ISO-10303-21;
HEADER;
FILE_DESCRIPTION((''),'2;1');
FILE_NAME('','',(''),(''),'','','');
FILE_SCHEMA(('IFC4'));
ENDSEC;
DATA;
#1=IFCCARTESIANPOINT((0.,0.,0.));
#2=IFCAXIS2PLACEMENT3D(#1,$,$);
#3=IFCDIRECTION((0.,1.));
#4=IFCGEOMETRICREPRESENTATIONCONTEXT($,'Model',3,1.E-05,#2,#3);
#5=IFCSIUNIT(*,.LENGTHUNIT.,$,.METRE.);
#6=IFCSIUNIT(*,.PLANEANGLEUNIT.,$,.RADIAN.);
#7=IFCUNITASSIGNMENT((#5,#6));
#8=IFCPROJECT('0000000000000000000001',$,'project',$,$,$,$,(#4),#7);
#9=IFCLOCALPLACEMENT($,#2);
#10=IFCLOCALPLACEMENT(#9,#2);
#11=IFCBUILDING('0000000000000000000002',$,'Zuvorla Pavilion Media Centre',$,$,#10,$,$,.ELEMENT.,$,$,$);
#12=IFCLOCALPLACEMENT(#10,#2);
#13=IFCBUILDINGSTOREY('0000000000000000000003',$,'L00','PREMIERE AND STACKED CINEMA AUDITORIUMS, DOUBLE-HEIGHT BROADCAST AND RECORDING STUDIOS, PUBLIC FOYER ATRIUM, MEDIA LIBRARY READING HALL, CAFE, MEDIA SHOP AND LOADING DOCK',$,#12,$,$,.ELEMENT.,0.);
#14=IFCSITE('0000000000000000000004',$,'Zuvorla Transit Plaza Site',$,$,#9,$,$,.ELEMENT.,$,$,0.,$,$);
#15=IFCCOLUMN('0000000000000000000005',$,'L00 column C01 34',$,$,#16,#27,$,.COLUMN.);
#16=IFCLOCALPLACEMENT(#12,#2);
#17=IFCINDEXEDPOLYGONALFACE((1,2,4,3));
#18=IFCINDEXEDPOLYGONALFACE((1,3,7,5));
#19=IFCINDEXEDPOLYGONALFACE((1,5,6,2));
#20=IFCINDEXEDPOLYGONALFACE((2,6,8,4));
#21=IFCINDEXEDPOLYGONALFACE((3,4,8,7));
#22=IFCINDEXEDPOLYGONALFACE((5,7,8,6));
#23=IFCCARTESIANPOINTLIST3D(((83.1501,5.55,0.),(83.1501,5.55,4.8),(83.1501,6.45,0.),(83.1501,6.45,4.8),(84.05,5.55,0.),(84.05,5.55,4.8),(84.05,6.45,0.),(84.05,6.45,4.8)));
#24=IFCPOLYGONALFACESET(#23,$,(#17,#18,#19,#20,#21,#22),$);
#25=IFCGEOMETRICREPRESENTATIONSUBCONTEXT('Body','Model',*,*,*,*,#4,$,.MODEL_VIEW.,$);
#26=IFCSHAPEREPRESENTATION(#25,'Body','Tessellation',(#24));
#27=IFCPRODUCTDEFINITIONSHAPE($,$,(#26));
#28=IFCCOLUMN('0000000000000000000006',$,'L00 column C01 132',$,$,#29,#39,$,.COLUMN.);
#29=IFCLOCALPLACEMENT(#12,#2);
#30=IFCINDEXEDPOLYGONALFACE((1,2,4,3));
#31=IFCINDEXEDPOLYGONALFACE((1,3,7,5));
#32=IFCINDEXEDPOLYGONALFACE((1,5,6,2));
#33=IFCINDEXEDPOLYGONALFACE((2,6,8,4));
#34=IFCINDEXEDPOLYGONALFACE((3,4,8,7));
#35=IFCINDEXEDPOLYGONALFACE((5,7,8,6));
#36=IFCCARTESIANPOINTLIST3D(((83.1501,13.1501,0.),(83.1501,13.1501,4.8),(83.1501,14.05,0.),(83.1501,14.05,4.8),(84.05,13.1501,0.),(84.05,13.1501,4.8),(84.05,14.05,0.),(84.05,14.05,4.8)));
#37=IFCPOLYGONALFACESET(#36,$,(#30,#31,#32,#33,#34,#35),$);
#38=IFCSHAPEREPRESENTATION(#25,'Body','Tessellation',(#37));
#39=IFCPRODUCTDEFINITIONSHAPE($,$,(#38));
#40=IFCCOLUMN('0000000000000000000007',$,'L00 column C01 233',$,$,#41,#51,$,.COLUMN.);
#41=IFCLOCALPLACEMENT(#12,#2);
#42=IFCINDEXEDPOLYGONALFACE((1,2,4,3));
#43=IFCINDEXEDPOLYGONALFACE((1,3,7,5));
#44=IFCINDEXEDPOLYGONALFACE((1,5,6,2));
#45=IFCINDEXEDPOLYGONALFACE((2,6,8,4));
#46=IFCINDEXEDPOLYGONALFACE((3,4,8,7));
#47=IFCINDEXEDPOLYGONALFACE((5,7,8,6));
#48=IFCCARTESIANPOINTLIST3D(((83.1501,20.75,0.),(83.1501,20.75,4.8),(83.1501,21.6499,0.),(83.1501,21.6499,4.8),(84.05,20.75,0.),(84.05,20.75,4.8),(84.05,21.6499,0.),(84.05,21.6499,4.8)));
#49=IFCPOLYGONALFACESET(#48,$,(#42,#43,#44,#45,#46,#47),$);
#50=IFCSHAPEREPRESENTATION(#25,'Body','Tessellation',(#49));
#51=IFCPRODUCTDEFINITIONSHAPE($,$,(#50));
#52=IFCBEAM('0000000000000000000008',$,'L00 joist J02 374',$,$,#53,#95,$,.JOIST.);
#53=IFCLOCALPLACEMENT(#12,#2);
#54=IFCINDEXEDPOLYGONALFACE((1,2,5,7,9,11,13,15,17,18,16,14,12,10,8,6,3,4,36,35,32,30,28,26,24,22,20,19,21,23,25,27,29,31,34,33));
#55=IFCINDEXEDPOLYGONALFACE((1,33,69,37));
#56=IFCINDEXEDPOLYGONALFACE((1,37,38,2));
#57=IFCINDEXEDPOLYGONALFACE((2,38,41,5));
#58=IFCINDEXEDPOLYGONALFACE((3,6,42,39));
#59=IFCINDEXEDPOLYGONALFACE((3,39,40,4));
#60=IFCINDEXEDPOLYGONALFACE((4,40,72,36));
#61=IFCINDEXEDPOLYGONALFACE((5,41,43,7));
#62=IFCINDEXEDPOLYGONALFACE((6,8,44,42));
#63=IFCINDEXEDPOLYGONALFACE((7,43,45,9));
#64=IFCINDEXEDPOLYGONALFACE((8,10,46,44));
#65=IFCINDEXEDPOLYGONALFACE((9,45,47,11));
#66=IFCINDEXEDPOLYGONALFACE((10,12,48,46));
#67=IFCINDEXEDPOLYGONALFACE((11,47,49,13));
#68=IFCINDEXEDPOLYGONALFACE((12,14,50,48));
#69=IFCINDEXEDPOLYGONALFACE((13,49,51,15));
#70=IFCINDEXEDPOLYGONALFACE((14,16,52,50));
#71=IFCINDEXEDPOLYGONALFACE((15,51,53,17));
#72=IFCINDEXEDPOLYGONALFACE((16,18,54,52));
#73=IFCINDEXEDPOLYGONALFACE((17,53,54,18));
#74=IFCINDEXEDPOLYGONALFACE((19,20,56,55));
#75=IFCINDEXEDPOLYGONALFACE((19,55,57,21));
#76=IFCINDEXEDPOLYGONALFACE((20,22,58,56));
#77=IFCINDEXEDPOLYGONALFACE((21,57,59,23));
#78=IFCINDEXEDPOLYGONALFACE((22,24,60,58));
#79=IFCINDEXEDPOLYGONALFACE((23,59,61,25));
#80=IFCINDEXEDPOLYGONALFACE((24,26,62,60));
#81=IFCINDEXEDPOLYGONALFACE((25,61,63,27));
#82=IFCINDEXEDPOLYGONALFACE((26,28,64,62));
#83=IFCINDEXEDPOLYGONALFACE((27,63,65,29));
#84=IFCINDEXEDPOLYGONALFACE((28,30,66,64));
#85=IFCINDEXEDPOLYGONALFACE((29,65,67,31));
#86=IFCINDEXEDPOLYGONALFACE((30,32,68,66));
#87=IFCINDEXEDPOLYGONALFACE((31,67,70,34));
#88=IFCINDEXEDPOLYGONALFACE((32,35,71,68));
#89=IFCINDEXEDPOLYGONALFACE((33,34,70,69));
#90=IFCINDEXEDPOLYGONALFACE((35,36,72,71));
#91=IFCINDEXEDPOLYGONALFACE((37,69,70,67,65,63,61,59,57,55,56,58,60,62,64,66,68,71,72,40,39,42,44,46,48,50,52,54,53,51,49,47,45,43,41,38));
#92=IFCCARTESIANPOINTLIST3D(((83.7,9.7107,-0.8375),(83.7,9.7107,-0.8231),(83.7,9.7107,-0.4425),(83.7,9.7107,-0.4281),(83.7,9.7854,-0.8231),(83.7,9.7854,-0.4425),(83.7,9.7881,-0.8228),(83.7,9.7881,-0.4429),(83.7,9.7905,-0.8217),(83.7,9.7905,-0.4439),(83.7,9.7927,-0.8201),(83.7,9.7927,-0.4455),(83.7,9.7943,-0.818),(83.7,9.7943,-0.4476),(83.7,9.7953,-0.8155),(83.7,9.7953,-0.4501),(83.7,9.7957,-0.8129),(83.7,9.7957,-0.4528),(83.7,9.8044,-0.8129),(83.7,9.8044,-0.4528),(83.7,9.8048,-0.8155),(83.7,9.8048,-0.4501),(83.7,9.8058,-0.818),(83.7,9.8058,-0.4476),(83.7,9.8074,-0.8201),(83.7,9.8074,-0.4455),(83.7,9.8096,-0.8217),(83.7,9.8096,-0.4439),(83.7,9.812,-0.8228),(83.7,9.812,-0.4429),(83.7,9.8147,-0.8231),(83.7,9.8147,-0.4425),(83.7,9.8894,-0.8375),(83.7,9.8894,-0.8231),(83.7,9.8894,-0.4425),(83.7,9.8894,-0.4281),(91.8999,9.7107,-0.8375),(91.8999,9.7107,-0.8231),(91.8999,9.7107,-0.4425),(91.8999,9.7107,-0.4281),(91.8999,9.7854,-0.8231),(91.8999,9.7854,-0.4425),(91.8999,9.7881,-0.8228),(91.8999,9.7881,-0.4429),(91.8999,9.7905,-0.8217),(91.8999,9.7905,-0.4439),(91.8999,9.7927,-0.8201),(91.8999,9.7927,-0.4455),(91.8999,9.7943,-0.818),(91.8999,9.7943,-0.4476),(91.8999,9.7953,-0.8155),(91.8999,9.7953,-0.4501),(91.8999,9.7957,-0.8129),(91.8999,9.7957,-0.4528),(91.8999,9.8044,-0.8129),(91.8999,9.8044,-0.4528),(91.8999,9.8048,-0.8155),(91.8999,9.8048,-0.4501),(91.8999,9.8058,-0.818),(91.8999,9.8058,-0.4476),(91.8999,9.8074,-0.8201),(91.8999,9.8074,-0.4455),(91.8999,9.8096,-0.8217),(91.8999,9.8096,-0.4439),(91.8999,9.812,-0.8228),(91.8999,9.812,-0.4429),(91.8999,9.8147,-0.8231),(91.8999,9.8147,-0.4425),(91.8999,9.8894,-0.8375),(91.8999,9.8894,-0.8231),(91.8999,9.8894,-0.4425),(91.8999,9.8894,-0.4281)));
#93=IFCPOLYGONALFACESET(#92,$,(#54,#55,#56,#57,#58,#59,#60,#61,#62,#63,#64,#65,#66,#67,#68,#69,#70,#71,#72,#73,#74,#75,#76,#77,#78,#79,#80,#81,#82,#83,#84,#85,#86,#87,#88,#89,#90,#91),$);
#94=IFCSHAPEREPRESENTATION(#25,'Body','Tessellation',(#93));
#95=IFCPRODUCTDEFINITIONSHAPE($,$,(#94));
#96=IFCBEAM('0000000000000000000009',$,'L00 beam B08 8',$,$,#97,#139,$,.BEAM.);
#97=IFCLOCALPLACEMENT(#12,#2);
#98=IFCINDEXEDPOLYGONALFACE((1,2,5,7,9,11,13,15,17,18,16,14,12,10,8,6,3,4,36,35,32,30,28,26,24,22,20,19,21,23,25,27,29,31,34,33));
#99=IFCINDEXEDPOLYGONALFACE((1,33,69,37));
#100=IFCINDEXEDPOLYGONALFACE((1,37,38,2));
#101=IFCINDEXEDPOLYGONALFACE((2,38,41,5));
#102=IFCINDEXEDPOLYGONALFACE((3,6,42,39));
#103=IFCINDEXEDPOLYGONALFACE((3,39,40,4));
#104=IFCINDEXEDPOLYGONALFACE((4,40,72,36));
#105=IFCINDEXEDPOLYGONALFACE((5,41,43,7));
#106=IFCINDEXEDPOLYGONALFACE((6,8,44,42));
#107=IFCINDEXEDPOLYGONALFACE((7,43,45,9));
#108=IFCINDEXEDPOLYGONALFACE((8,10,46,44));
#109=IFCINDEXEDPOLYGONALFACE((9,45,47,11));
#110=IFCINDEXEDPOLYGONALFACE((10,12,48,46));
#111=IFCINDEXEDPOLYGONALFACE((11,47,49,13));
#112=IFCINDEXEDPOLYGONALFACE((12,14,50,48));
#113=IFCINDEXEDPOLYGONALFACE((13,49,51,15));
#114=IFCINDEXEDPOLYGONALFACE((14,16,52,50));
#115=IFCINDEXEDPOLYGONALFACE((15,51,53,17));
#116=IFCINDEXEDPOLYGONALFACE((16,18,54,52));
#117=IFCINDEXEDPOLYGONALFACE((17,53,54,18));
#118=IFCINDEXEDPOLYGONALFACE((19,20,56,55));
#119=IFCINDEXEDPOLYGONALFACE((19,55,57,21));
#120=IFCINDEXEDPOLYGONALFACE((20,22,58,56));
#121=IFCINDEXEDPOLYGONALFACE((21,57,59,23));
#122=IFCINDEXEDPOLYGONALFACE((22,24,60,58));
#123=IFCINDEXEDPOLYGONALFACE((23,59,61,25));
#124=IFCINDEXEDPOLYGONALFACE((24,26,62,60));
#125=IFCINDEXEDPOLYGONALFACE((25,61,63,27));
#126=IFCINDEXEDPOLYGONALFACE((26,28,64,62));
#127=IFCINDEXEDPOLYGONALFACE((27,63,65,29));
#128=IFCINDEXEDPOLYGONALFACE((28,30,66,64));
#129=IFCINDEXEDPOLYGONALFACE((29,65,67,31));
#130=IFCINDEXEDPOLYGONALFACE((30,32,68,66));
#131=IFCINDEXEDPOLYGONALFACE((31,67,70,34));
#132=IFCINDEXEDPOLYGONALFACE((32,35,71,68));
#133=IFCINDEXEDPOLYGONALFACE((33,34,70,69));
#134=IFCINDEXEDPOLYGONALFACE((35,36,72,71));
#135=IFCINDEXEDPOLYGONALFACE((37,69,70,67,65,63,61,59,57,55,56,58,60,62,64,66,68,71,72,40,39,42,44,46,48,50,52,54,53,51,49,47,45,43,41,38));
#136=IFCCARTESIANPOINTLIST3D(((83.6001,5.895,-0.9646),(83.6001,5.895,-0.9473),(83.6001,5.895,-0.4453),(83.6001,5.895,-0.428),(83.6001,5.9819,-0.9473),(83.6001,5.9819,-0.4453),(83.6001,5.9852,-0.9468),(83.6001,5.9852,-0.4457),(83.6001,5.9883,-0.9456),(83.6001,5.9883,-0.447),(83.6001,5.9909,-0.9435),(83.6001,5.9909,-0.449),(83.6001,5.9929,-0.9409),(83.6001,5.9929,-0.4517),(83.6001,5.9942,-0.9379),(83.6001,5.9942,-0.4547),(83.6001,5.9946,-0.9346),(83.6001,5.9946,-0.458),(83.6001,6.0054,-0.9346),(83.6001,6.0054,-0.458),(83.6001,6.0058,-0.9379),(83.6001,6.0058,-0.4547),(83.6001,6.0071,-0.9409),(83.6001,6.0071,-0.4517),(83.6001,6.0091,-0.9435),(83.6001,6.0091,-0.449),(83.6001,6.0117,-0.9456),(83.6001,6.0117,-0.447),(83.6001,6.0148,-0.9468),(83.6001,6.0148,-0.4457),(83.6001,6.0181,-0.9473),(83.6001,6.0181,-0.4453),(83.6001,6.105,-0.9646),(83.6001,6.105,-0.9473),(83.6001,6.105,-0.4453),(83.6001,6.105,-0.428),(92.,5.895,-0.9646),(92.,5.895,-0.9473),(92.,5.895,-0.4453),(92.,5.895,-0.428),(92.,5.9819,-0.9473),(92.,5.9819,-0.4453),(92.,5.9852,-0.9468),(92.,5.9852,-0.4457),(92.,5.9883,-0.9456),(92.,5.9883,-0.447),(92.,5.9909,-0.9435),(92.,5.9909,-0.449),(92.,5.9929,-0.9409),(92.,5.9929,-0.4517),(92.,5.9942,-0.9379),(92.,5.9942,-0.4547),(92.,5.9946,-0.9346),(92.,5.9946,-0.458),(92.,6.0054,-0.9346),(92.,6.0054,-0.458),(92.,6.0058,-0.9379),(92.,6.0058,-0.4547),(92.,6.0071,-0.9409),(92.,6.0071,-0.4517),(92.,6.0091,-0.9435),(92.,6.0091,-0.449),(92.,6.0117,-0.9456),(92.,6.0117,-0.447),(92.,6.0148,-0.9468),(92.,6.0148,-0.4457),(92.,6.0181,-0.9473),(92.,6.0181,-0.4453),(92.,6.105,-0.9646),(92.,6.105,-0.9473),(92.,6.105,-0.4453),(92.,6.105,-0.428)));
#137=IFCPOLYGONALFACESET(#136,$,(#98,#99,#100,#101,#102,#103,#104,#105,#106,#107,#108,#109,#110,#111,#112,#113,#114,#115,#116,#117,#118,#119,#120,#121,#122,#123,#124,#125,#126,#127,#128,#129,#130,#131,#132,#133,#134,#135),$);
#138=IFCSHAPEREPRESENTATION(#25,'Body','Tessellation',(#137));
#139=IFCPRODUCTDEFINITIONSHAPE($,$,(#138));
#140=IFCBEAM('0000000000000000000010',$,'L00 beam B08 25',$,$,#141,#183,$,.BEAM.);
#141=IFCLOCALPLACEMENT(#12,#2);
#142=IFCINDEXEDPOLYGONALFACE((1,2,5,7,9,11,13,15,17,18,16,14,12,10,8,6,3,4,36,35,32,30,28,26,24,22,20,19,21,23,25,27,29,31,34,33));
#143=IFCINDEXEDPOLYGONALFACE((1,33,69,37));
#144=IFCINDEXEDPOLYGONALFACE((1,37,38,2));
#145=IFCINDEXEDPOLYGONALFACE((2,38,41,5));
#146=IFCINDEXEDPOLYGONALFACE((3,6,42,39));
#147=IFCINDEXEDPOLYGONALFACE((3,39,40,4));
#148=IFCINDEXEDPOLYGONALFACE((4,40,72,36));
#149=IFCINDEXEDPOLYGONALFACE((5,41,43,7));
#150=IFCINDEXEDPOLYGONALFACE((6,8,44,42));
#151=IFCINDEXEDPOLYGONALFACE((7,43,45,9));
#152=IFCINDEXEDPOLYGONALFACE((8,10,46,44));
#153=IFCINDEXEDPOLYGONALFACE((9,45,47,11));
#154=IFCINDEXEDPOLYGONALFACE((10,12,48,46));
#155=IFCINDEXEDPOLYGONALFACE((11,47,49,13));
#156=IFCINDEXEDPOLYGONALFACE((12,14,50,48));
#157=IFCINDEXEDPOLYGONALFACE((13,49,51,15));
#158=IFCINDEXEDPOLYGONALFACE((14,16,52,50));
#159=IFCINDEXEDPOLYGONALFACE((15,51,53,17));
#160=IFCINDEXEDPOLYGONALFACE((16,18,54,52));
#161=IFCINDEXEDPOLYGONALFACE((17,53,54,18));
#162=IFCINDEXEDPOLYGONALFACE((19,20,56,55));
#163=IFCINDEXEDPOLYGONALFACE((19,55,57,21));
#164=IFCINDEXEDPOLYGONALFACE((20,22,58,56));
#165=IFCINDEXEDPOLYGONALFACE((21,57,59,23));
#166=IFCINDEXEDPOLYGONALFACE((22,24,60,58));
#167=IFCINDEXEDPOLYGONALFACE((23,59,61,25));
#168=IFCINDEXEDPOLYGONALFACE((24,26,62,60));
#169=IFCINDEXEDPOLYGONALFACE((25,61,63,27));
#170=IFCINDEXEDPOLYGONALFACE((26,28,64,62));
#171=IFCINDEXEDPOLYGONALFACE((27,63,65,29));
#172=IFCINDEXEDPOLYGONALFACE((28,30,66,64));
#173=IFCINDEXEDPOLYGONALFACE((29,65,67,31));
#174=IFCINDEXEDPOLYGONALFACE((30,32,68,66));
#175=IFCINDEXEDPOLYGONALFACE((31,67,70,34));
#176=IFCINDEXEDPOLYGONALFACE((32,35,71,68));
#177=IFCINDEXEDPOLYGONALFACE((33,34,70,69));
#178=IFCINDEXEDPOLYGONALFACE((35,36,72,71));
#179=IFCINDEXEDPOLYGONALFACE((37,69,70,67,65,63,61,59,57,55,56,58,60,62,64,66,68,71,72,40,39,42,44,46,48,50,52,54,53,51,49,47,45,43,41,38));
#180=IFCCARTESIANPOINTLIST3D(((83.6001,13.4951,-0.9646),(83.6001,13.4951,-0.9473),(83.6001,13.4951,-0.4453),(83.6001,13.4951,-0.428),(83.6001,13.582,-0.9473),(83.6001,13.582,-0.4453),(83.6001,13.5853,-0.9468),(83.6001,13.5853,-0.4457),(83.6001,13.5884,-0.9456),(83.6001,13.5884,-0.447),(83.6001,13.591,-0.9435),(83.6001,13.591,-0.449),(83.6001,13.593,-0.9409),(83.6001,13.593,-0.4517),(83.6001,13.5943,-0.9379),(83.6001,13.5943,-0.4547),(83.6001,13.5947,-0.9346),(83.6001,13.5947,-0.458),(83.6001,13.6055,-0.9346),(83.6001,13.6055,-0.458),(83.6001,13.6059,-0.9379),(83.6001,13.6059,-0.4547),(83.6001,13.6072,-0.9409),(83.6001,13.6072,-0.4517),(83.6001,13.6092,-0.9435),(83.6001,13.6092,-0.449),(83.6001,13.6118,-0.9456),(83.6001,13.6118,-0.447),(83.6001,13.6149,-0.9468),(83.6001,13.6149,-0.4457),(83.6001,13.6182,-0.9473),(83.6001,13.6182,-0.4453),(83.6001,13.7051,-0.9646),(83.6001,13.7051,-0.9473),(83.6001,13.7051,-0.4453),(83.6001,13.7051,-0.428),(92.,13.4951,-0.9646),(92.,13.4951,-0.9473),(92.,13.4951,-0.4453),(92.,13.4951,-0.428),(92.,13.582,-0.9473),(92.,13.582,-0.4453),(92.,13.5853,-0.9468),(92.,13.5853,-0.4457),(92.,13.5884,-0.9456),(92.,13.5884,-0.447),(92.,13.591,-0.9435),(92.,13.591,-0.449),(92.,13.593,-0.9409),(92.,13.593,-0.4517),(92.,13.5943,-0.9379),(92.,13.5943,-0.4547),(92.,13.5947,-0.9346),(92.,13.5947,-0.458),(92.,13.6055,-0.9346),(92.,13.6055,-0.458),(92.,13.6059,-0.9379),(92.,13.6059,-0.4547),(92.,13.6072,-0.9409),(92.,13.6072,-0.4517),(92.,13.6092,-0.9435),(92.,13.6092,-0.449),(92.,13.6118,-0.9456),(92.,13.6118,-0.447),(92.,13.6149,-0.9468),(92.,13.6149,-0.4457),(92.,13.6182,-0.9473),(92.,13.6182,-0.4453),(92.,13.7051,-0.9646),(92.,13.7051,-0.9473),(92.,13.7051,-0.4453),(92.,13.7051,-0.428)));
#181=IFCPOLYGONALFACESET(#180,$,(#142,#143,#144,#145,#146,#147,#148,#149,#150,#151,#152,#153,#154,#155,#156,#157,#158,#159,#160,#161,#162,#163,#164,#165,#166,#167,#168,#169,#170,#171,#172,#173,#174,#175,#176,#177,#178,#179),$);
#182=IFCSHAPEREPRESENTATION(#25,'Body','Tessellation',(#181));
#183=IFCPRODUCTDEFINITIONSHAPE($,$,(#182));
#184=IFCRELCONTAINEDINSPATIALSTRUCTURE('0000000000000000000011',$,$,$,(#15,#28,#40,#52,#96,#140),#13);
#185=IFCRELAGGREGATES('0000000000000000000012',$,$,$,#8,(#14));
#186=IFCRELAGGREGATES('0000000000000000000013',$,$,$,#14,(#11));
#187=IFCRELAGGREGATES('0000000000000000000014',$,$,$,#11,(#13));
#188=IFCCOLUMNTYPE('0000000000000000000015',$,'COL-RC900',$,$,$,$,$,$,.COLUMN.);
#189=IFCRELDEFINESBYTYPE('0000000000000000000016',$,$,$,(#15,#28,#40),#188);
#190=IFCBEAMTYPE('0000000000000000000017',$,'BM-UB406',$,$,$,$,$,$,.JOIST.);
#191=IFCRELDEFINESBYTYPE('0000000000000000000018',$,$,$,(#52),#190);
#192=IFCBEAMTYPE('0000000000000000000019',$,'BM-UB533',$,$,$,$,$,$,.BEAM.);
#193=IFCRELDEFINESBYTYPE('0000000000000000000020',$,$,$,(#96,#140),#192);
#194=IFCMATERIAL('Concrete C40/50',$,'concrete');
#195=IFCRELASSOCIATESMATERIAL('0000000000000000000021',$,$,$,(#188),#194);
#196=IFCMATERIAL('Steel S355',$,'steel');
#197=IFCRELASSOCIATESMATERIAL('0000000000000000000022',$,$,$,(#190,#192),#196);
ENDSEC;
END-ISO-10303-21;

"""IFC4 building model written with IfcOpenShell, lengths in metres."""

from ifc_helpers import new_model, si_unit, direction, frame, origin, origin_2d, place, context, subcontext, project, spatial, rectangle, i_section, extrude, material, material_profile, profile_set, type_object, element, save


model = new_model("IFC4")

# Units and contexts
model_context = context("Model", 3, precision=1e-05, world=origin(), true_north=direction((0.0, 1.0)))
body_context = subcontext(model_context, "Body", "Model", "MODEL_VIEW")
ifc_project = project(units=[si_unit("LENGTHUNIT", "METRE"), si_unit("PLANEANGLEUNIT", "RADIAN")], contexts=[model_context])

# Site, building, storey
site_placement = place(None, origin())
site = spatial("IfcSite", under=ifc_project, at=site_placement, Name="Zuvorla Transit Plaza Site", CompositionType="ELEMENT", RefElevation=0.0)
building_placement = place(site_placement, origin())
building = spatial("IfcBuilding", under=site, at=building_placement, Name="Zuvorla Pavilion Media Centre", CompositionType="ELEMENT")
storey_placement = place(building_placement, origin())
storey = spatial("IfcBuildingStorey", under=building, at=storey_placement, Name="L00", Description="PREMIERE AND STACKED CINEMA AUDITORIUMS, DOUBLE-HEIGHT BROADCAST AND RECORDING STUDIOS, PUBLIC FOYER ATRIUM, MEDIA LIBRARY READING HALL, CAFE, MEDIA SHOP AND LOADING DOCK", CompositionType="ELEMENT", Elevation=0.0)

# Columns
ifc_material_1 = material(Name="Concrete C40/50", Category="concrete")
ifc_material_profile_1 = material_profile(ifc_material_1, rectangle(XDim=0.8999, YDim=0.8999, at=origin_2d()), Name="RC 900x900")
ifc_profile_set_1 = profile_set([ifc_material_profile_1], Name="Concrete C40/50")
column_type = type_object("IfcColumnType", Name="COL-RC900", PredefinedType="COLUMN", material=ifc_profile_set_1)
for number, where, z_axis, x_axis, name in (
    (1, (83.6001, 6.0, 0.0), (0.0, 0.0, 1.0), (1.0, 0.0, 0.0), "L00 column C01 34"),
    (2, (83.6001, 13.6001, 0.0), (0.0, 0.0, 1.0), (1.0, 0.0, 0.0), "L00 column C01 132"),
    (3, (83.6001, 21.2, 0.0), (0.0, 0.0, 1.0), (1.0, 0.0, 0.0), "L00 column C01 233"),
):
    element("IfcColumn", number, at=place(storey_placement, frame(where, z_axis=z_axis, x_axis=x_axis)), inside=storey, type_object=column_type, Name=name, PredefinedType="COLUMN", context=body_context, shape_type="SweptSolid", body=[
        extrude(rectangle(XDim=0.8999, YDim=0.8999, at=origin_2d()), origin(), (0.0, 0.0, 1.0), 4.8),
    ])

# Beams
ifc_material_2 = material(Name="Steel S355", Category="steel")
ifc_material_profile_2 = material_profile(ifc_material_2, i_section(OverallWidth=0.1787, OverallDepth=0.4094, WebThickness=0.0088, FlangeThickness=0.0144, FilletRadius=0.0103, at=origin_2d()), Name="UB 406x178x67")
ifc_profile_set_2 = profile_set([ifc_material_profile_2], Name="Steel S355")
beam_type_1 = type_object("IfcBeamType", Name="BM-UB406", PredefinedType="JOIST", material=ifc_profile_set_2)
beam_1_placement = place(storey_placement, frame((83.7, 9.8, -0.6328), z_axis=(1.0, 0.0, 0.0), x_axis=(0.0, 1.0, 0.0)))
element("IfcBeam", 4, at=beam_1_placement, inside=storey, type_object=beam_type_1, Name="L00 joist J02 374", PredefinedType="JOIST", context=body_context, shape_type="SweptSolid", body=[
    extrude(i_section(OverallWidth=0.1787, OverallDepth=0.4094, WebThickness=0.0088, FlangeThickness=0.0144, FilletRadius=0.0103, at=origin_2d()), origin(), (0.0, 0.0, 1.0), 8.2),
])
ifc_material_profile_3 = material_profile(ifc_material_2, i_section(OverallWidth=0.21, OverallDepth=0.5366, WebThickness=0.0107, FlangeThickness=0.0173, FilletRadius=0.0127, at=origin_2d()), Name="UB 533x210x101")
ifc_profile_set_3 = profile_set([ifc_material_profile_3], Name="Steel S355")
beam_type_2 = type_object("IfcBeamType", Name="BM-UB533", PredefinedType="BEAM", material=ifc_profile_set_3)
for number, where, z_axis, x_axis, name in (
    (5, (83.6001, 6.0, -0.6963), (1.0, 0.0, 0.0), (0.0, 1.0, 0.0), "L00 beam B08 8"),
    (6, (83.6001, 13.6001, -0.6963), (1.0, 0.0, 0.0), (0.0, 1.0, 0.0), "L00 beam B08 25"),
):
    element("IfcBeam", number, at=place(storey_placement, frame(where, z_axis=z_axis, x_axis=x_axis)), inside=storey, type_object=beam_type_2, Name=name, PredefinedType="BEAM", context=body_context, shape_type="SweptSolid", body=[
        extrude(i_section(OverallWidth=0.21, OverallDepth=0.5366, WebThickness=0.0107, FlangeThickness=0.0173, FilletRadius=0.0127, at=origin_2d()), origin(), (0.0, 0.0, 1.0), 8.3999),
    ])

save(model, "model.ifc")
